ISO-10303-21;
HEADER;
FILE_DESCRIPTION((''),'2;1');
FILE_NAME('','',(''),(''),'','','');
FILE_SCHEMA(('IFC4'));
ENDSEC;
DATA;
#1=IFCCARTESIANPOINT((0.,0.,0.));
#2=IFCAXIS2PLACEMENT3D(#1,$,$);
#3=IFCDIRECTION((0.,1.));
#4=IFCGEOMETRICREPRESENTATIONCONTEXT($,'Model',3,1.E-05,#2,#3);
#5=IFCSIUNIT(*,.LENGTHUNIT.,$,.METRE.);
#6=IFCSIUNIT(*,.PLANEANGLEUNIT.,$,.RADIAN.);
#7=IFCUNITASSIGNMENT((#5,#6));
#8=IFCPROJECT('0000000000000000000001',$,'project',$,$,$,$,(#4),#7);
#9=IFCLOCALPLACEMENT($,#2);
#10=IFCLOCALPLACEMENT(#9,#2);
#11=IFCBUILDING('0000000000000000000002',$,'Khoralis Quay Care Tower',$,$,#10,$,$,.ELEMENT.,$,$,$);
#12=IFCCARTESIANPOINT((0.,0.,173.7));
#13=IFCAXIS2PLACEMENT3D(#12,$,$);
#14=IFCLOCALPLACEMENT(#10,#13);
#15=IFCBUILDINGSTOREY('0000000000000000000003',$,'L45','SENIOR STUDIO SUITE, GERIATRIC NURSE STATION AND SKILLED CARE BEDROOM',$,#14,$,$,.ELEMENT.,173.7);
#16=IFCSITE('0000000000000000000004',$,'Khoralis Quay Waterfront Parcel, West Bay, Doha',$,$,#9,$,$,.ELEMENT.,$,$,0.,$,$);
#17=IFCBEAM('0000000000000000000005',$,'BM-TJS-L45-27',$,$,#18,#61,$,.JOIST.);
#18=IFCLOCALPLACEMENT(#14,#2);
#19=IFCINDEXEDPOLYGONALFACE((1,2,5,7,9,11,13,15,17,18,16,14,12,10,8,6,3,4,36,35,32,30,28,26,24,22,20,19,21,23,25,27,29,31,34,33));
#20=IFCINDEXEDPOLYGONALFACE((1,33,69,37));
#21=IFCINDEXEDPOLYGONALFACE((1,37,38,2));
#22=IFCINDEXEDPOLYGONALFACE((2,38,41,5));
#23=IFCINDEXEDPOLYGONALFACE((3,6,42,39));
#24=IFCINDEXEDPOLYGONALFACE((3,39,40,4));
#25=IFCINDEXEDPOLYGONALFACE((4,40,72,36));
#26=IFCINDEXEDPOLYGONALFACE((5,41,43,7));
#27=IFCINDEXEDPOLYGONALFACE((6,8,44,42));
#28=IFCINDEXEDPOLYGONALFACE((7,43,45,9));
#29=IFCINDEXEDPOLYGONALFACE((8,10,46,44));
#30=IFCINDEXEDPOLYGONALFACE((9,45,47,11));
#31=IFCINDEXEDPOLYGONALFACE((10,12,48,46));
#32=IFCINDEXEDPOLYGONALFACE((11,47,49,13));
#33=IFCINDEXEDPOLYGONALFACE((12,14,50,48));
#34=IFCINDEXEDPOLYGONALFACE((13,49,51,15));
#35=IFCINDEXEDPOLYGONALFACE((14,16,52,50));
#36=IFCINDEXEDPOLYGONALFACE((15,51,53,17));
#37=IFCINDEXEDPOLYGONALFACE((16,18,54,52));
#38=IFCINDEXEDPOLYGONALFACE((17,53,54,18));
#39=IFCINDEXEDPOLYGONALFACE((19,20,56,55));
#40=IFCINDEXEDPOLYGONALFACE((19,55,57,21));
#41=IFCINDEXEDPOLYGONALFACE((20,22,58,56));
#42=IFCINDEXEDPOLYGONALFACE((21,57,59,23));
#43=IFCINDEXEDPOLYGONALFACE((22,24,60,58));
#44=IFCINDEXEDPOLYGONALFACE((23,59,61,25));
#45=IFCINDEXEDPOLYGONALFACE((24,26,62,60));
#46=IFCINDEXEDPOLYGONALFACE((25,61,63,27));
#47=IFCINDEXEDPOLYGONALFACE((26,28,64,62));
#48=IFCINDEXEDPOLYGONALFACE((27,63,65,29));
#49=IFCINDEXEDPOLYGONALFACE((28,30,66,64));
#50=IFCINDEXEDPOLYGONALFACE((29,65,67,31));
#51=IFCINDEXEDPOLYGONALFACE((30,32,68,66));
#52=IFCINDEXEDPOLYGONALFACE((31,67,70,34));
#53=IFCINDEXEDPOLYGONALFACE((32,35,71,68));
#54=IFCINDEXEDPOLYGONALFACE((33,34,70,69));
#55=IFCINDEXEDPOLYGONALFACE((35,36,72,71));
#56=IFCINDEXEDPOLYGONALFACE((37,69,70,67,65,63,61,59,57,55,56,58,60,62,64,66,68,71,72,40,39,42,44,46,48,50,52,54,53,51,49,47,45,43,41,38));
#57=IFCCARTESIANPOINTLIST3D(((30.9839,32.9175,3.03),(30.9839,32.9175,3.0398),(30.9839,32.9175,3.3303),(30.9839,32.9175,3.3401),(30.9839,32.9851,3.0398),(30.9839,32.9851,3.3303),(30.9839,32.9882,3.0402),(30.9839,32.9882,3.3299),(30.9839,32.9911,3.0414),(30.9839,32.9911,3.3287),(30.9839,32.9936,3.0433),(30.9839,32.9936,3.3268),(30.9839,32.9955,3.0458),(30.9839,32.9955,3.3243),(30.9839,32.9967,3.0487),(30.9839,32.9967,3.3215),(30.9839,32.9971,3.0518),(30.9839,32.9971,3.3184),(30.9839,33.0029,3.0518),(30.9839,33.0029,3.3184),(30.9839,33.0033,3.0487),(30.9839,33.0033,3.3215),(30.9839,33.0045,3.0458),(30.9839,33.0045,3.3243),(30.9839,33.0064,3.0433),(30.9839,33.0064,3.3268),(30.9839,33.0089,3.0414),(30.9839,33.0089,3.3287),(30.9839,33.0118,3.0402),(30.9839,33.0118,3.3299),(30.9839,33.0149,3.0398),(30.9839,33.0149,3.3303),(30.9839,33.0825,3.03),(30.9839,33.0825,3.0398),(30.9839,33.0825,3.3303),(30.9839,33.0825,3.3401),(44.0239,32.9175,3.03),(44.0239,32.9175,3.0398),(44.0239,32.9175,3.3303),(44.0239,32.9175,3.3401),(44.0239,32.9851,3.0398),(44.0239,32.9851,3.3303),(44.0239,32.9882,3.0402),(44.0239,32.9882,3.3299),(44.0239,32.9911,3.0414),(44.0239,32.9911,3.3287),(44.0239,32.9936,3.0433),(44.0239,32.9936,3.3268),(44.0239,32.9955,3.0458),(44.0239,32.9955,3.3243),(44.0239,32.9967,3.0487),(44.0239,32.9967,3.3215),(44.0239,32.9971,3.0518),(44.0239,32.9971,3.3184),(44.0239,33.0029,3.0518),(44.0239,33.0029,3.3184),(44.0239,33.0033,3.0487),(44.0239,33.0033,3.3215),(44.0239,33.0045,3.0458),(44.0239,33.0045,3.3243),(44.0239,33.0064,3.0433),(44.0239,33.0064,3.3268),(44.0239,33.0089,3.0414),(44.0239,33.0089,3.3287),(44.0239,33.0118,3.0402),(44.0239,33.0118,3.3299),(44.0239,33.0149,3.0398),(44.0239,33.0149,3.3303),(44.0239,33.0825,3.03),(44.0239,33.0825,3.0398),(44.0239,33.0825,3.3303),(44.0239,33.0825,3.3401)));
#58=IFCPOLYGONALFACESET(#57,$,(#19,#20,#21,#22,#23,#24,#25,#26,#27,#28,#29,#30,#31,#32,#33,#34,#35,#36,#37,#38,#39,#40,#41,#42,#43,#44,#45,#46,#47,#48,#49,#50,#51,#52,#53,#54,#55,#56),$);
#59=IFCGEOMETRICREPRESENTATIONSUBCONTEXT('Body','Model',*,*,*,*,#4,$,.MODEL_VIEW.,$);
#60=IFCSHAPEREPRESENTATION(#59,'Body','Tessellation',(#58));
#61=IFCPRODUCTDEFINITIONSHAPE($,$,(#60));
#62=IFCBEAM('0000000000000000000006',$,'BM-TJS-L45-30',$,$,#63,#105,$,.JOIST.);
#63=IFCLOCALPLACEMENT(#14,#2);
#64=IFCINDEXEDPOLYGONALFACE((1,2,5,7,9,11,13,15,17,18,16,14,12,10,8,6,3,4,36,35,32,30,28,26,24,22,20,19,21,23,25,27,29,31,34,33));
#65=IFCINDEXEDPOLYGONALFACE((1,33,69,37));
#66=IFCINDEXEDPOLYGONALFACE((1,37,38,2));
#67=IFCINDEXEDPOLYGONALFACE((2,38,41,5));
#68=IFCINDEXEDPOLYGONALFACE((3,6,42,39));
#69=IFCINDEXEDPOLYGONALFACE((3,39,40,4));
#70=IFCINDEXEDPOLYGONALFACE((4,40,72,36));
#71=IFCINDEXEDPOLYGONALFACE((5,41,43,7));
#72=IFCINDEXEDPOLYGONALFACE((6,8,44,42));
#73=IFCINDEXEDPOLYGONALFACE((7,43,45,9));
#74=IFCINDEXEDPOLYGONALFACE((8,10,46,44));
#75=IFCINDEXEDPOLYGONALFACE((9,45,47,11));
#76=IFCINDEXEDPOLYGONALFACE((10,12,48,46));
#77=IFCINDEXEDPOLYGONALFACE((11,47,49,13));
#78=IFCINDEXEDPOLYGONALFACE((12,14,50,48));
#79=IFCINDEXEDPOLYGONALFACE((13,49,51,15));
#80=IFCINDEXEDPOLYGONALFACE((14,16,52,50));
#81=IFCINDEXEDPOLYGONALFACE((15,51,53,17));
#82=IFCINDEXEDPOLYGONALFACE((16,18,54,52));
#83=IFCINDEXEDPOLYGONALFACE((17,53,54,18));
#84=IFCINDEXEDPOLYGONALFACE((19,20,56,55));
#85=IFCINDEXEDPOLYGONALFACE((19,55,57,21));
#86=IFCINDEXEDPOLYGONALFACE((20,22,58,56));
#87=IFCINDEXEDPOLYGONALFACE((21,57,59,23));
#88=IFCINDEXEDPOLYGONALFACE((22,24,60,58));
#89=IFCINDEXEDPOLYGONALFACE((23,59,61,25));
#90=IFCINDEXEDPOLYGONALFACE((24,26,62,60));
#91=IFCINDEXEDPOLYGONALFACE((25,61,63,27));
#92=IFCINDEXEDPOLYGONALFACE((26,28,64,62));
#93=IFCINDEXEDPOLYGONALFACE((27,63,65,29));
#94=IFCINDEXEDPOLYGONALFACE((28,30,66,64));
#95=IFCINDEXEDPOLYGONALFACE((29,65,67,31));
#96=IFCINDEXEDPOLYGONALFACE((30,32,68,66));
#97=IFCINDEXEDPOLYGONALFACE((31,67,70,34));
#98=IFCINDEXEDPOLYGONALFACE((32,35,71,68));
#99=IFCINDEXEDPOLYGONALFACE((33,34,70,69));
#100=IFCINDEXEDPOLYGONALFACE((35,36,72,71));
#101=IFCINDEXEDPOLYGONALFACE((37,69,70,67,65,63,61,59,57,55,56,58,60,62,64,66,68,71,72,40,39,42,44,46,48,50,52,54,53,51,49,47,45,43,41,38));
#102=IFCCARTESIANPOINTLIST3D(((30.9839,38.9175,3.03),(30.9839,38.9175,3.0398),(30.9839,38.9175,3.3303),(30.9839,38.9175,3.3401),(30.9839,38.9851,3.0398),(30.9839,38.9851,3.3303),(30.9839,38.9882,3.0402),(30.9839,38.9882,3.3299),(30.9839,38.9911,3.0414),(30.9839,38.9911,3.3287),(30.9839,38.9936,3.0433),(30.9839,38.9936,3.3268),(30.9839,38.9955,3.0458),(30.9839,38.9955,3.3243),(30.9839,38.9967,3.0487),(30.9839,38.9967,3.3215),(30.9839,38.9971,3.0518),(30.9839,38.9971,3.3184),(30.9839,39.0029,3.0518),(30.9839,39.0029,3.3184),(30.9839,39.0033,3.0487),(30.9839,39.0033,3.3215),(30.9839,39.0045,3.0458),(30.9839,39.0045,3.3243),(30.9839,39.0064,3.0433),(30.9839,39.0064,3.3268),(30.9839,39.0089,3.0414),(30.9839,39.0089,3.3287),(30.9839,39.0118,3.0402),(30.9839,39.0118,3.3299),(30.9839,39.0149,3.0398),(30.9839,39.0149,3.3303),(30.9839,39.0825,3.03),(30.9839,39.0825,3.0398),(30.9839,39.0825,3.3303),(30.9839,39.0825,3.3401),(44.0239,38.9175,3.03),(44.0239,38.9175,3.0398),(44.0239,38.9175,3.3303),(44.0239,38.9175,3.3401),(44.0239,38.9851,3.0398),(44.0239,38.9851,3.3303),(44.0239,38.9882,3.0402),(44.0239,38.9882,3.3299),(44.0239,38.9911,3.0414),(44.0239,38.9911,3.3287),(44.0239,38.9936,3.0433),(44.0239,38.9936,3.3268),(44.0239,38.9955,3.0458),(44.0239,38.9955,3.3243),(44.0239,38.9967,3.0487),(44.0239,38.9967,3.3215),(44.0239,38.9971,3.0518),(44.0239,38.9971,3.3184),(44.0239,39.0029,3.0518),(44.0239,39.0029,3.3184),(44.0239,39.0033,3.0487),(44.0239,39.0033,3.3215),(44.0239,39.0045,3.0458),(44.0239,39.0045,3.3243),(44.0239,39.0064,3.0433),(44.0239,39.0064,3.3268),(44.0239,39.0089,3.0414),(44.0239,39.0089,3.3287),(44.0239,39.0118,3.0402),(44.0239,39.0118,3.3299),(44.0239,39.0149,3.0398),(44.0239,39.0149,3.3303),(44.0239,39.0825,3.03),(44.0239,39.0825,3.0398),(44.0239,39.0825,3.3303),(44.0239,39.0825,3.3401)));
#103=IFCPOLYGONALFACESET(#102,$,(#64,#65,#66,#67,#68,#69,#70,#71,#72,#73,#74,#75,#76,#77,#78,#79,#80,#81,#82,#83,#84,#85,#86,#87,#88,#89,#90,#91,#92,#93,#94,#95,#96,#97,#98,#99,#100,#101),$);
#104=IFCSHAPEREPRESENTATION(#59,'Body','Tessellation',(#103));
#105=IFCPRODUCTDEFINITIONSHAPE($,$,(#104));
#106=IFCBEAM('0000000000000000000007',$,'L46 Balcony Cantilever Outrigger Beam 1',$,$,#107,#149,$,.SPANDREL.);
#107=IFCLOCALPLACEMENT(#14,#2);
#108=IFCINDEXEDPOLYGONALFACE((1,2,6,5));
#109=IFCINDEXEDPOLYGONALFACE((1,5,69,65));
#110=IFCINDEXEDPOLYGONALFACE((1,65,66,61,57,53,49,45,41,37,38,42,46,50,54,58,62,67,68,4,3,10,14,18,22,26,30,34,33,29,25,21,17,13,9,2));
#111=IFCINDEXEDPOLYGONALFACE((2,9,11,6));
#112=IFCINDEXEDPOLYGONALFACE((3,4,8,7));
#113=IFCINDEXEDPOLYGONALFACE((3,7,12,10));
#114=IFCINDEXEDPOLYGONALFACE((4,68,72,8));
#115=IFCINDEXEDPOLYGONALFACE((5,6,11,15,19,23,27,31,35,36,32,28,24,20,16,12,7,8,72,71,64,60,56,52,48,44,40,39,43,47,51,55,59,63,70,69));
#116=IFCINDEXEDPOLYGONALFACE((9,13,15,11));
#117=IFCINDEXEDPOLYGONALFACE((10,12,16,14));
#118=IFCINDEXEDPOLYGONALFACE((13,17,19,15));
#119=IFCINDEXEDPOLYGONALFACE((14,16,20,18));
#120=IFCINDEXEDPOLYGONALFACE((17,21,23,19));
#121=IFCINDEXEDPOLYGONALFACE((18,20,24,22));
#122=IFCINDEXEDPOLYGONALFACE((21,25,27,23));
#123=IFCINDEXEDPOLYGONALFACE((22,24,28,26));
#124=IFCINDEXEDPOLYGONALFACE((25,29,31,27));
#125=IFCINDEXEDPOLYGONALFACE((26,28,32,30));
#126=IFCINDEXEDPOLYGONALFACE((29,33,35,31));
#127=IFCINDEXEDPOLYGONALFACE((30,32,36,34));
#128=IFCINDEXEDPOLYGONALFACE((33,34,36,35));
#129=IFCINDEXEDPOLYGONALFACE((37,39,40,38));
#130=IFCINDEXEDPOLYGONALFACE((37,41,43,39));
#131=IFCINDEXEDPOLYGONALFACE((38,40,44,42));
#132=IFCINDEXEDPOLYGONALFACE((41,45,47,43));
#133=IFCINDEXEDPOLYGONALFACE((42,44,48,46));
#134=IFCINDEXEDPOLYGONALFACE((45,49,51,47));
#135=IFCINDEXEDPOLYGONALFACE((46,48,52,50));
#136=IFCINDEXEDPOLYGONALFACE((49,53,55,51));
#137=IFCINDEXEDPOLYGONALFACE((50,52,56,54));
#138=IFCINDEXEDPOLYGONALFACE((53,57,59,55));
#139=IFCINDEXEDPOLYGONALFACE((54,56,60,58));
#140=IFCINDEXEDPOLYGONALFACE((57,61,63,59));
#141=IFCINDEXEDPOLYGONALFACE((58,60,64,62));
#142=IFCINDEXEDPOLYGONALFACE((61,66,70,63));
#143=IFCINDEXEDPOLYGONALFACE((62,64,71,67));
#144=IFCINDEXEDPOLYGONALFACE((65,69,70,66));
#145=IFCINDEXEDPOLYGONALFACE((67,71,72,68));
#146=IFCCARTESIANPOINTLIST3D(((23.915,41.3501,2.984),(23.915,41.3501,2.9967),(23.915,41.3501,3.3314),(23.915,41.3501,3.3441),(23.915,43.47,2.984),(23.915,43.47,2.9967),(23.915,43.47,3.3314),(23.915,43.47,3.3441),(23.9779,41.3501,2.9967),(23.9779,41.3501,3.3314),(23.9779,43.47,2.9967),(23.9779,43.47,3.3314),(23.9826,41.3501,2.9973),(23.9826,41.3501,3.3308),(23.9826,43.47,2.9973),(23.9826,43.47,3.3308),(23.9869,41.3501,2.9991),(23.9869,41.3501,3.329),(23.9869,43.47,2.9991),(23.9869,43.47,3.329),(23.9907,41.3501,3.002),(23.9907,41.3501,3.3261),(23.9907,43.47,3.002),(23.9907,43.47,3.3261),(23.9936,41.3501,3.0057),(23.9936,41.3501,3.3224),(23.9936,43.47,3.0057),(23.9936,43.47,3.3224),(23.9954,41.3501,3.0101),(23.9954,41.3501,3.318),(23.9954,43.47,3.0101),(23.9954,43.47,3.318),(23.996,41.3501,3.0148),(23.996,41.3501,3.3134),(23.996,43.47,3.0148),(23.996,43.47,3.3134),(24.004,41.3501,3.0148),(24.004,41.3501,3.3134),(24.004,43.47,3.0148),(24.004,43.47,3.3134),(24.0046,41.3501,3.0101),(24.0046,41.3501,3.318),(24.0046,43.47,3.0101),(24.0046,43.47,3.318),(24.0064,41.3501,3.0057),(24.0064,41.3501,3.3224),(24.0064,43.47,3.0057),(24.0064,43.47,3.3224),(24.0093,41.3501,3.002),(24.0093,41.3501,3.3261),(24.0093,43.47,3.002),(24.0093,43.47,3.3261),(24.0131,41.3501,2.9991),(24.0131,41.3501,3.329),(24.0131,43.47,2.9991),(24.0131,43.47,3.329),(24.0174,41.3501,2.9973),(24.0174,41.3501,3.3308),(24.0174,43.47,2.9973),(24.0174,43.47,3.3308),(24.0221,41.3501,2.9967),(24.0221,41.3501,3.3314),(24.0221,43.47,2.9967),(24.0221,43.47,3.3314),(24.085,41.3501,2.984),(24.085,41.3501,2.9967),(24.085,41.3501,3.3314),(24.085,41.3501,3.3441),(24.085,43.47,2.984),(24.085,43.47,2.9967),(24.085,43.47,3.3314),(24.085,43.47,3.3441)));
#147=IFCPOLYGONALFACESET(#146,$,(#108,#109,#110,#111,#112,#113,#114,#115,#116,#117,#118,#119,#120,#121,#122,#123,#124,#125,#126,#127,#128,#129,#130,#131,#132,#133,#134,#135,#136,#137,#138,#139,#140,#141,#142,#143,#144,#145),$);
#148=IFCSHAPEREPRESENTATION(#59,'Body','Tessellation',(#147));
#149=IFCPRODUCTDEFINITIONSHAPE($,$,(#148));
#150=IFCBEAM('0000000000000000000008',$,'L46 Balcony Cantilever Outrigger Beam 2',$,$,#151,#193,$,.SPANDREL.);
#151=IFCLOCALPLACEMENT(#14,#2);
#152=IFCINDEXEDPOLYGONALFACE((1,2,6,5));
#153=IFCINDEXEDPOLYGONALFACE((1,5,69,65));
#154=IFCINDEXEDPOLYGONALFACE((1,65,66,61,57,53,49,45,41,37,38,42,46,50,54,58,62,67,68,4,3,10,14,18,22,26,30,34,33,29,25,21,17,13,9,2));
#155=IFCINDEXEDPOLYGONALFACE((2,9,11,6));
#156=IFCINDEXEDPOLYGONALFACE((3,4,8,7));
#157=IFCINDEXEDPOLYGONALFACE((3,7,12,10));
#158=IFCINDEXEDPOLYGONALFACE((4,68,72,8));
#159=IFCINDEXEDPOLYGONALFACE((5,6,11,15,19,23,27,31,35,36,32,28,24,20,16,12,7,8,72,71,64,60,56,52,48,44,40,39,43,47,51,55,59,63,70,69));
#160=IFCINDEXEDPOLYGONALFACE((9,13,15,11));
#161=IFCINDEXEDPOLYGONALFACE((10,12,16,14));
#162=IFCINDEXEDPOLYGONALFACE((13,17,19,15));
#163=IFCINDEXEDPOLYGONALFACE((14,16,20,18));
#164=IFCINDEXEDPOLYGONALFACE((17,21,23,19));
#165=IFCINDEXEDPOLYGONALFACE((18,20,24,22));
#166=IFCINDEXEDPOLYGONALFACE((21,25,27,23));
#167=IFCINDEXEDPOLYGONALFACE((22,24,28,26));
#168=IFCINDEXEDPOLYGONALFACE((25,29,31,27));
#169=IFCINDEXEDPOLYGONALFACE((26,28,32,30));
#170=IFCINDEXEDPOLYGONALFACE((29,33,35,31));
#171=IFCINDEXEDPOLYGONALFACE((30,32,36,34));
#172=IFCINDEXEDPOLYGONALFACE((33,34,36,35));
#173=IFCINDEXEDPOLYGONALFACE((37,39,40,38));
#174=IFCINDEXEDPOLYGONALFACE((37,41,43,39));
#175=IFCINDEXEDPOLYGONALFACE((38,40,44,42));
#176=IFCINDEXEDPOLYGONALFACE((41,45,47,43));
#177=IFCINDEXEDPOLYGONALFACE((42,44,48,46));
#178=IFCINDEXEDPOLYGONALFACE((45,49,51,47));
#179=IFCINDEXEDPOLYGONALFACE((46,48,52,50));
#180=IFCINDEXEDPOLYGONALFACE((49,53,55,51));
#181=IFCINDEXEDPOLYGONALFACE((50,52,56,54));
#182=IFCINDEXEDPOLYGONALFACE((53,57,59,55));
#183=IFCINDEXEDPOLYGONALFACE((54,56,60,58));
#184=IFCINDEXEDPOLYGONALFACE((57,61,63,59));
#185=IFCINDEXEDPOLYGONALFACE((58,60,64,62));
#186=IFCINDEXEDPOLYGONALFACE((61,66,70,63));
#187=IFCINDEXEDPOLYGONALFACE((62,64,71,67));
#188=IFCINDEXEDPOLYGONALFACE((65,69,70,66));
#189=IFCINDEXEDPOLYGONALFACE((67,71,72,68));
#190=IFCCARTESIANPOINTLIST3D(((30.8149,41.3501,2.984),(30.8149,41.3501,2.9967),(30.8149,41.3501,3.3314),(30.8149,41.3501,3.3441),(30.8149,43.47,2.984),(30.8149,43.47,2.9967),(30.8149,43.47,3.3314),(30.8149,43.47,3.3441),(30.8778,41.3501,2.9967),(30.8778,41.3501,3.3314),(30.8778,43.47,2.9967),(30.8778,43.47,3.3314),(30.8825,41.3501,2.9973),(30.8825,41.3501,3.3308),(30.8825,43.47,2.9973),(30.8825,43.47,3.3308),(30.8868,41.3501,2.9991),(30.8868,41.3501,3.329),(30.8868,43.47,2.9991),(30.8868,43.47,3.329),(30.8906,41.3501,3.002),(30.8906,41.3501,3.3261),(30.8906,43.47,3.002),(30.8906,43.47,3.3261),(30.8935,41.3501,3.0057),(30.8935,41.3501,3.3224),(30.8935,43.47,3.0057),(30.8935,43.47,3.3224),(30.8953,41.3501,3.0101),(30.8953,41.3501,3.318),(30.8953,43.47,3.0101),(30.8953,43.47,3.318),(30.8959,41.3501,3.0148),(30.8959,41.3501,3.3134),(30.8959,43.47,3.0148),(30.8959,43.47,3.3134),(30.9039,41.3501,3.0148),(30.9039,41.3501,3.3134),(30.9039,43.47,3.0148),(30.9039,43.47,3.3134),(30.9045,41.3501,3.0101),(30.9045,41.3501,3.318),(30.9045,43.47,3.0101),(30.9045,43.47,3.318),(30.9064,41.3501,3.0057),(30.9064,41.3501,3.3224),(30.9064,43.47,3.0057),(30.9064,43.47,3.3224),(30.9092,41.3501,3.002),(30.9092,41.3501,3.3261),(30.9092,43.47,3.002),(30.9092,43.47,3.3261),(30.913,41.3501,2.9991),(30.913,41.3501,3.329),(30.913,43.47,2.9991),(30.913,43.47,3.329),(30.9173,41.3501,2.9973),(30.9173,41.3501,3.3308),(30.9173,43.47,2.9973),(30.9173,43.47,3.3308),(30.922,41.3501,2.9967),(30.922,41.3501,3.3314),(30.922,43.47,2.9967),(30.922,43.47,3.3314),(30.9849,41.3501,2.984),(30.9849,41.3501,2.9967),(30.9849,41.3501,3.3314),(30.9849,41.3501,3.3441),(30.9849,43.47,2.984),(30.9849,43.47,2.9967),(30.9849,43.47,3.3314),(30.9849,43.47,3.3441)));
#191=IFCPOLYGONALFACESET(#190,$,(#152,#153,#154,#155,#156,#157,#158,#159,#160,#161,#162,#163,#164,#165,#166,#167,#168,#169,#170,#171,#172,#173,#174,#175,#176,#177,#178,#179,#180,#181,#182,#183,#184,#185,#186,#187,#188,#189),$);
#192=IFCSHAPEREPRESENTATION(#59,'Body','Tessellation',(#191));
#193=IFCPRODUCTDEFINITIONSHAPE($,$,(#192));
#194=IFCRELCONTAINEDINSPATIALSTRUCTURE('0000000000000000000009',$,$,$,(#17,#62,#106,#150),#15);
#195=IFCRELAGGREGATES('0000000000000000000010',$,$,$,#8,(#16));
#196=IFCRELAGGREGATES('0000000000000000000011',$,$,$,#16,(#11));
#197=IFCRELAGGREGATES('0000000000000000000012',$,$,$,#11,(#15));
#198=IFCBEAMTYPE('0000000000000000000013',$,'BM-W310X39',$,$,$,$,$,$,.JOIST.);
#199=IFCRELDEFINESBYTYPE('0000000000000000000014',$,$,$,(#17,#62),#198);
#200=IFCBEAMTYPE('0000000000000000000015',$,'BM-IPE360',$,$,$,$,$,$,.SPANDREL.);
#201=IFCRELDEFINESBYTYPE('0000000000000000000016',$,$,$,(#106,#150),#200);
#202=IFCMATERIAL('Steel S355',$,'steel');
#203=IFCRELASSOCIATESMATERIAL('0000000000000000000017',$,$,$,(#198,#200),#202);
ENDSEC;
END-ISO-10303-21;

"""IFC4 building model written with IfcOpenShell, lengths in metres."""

from ifc_helpers import new_model, si_unit, direction, frame, origin, origin_2d, place, context, subcontext, project, spatial, i_section, extrude, source, transform, mapped, material, material_profile, profile_set, type_object, element, save


model = new_model("IFC4")

# Units and contexts
model_context = context("Model", 3, precision=1e-05, world=origin(), true_north=direction((0.0, 1.0)))
body_context = subcontext(model_context, "Body", "Model", "MODEL_VIEW")
ifc_project = project(units=[si_unit("LENGTHUNIT", "METRE"), si_unit("PLANEANGLEUNIT", "RADIAN")], contexts=[model_context])

# Site, building, storey
site_placement = place(None, origin())
site = spatial("IfcSite", under=ifc_project, at=site_placement, Name="Khoralis Quay Waterfront Parcel, West Bay, Doha", CompositionType="ELEMENT", RefElevation=0.0)
building_placement = place(site_placement, origin())
building = spatial("IfcBuilding", under=site, at=building_placement, Name="Khoralis Quay Care Tower", CompositionType="ELEMENT")
storey_placement = place(building_placement, frame((0.0, 0.0, 173.7)))
storey = spatial("IfcBuildingStorey", under=building, at=storey_placement, Name="L45", Description="SENIOR STUDIO SUITE, GERIATRIC NURSE STATION AND SKILLED CARE BEDROOM", CompositionType="ELEMENT", Elevation=173.7)

# Beams
ifc_material_1 = material(Name="Steel S355", Category="steel")
ifc_material_profile_1 = material_profile(ifc_material_1, i_section(OverallWidth=0.165, OverallDepth=0.3101, WebThickness=0.0059, FlangeThickness=0.0098, FilletRadius=0.012, at=origin_2d()), Name="Steel S355")
ifc_profile_set_1 = profile_set([ifc_material_profile_1], Name="Steel S355")
beam_type_1 = type_object("IfcBeamType", Name="BM-W310X39", PredefinedType="JOIST", material=ifc_profile_set_1)
shared_shape_1 = source(origin(), body_context, "Body", "SweptSolid", [
    extrude(i_section(OverallWidth=0.165, OverallDepth=0.3101, WebThickness=0.0059, FlangeThickness=0.0098, FilletRadius=0.012, at=origin_2d()), origin(), (0.0, 0.0, 1.0), 13.04),
])
for number, where, z_axis, x_axis, name in (
    (1, (30.9839, 33.0, 3.1851), (1.0, 0.0, 0.0), (0.0, 1.0, 0.0), "BM-TJS-L45-27"),
    (2, (30.9839, 39.0, 3.1851), (1.0, 0.0, 0.0), (0.0, 1.0, 0.0), "BM-TJS-L45-30"),
):
    element("IfcBeam", number, at=place(storey_placement, frame(where, z_axis=z_axis, x_axis=x_axis)), inside=storey, type_object=beam_type_1, Name=name, PredefinedType="JOIST", context=body_context, shape_type="MappedRepresentation", body=[
        mapped(shared_shape_1, transform((0.0, 0.0, 0.0), scale=1.0)),
    ])
ifc_material_profile_2 = material_profile(ifc_material_1, i_section(OverallWidth=0.1699, OverallDepth=0.3601, WebThickness=0.0081, FlangeThickness=0.0127, FilletRadius=0.0181, at=origin_2d()), Name="Steel S355")
ifc_profile_set_2 = profile_set([ifc_material_profile_2], Name="Steel S355")
beam_type_2 = type_object("IfcBeamType", Name="BM-IPE360", PredefinedType="SPANDREL", material=ifc_profile_set_2)
shared_shape_2 = source(origin(), body_context, "Body", "SweptSolid", [
    extrude(i_section(OverallWidth=0.1699, OverallDepth=0.3601, WebThickness=0.0081, FlangeThickness=0.0127, FilletRadius=0.0181, at=origin_2d()), origin(), (0.0, 0.0, 1.0), 2.1199),
])
for number, where, z_axis, x_axis, name in (
    (3, (24.0, 41.3501, 3.1641), (0.0, 1.0, 0.0), (-1.0, 0.0, 0.0), "L46 Balcony Cantilever Outrigger Beam 1"),
    (4, (30.8999, 41.3501, 3.1641), (0.0, 1.0, 0.0), (-1.0, 0.0, 0.0), "L46 Balcony Cantilever Outrigger Beam 2"),
):
    element("IfcBeam", number, at=place(storey_placement, frame(where, z_axis=z_axis, x_axis=x_axis)), inside=storey, type_object=beam_type_2, Name=name, PredefinedType="SPANDREL", context=body_context, shape_type="MappedRepresentation", body=[
        mapped(shared_shape_2, transform((0.0, 0.0, 0.0), scale=1.0)),
    ])

save(model, "model.ifc")
